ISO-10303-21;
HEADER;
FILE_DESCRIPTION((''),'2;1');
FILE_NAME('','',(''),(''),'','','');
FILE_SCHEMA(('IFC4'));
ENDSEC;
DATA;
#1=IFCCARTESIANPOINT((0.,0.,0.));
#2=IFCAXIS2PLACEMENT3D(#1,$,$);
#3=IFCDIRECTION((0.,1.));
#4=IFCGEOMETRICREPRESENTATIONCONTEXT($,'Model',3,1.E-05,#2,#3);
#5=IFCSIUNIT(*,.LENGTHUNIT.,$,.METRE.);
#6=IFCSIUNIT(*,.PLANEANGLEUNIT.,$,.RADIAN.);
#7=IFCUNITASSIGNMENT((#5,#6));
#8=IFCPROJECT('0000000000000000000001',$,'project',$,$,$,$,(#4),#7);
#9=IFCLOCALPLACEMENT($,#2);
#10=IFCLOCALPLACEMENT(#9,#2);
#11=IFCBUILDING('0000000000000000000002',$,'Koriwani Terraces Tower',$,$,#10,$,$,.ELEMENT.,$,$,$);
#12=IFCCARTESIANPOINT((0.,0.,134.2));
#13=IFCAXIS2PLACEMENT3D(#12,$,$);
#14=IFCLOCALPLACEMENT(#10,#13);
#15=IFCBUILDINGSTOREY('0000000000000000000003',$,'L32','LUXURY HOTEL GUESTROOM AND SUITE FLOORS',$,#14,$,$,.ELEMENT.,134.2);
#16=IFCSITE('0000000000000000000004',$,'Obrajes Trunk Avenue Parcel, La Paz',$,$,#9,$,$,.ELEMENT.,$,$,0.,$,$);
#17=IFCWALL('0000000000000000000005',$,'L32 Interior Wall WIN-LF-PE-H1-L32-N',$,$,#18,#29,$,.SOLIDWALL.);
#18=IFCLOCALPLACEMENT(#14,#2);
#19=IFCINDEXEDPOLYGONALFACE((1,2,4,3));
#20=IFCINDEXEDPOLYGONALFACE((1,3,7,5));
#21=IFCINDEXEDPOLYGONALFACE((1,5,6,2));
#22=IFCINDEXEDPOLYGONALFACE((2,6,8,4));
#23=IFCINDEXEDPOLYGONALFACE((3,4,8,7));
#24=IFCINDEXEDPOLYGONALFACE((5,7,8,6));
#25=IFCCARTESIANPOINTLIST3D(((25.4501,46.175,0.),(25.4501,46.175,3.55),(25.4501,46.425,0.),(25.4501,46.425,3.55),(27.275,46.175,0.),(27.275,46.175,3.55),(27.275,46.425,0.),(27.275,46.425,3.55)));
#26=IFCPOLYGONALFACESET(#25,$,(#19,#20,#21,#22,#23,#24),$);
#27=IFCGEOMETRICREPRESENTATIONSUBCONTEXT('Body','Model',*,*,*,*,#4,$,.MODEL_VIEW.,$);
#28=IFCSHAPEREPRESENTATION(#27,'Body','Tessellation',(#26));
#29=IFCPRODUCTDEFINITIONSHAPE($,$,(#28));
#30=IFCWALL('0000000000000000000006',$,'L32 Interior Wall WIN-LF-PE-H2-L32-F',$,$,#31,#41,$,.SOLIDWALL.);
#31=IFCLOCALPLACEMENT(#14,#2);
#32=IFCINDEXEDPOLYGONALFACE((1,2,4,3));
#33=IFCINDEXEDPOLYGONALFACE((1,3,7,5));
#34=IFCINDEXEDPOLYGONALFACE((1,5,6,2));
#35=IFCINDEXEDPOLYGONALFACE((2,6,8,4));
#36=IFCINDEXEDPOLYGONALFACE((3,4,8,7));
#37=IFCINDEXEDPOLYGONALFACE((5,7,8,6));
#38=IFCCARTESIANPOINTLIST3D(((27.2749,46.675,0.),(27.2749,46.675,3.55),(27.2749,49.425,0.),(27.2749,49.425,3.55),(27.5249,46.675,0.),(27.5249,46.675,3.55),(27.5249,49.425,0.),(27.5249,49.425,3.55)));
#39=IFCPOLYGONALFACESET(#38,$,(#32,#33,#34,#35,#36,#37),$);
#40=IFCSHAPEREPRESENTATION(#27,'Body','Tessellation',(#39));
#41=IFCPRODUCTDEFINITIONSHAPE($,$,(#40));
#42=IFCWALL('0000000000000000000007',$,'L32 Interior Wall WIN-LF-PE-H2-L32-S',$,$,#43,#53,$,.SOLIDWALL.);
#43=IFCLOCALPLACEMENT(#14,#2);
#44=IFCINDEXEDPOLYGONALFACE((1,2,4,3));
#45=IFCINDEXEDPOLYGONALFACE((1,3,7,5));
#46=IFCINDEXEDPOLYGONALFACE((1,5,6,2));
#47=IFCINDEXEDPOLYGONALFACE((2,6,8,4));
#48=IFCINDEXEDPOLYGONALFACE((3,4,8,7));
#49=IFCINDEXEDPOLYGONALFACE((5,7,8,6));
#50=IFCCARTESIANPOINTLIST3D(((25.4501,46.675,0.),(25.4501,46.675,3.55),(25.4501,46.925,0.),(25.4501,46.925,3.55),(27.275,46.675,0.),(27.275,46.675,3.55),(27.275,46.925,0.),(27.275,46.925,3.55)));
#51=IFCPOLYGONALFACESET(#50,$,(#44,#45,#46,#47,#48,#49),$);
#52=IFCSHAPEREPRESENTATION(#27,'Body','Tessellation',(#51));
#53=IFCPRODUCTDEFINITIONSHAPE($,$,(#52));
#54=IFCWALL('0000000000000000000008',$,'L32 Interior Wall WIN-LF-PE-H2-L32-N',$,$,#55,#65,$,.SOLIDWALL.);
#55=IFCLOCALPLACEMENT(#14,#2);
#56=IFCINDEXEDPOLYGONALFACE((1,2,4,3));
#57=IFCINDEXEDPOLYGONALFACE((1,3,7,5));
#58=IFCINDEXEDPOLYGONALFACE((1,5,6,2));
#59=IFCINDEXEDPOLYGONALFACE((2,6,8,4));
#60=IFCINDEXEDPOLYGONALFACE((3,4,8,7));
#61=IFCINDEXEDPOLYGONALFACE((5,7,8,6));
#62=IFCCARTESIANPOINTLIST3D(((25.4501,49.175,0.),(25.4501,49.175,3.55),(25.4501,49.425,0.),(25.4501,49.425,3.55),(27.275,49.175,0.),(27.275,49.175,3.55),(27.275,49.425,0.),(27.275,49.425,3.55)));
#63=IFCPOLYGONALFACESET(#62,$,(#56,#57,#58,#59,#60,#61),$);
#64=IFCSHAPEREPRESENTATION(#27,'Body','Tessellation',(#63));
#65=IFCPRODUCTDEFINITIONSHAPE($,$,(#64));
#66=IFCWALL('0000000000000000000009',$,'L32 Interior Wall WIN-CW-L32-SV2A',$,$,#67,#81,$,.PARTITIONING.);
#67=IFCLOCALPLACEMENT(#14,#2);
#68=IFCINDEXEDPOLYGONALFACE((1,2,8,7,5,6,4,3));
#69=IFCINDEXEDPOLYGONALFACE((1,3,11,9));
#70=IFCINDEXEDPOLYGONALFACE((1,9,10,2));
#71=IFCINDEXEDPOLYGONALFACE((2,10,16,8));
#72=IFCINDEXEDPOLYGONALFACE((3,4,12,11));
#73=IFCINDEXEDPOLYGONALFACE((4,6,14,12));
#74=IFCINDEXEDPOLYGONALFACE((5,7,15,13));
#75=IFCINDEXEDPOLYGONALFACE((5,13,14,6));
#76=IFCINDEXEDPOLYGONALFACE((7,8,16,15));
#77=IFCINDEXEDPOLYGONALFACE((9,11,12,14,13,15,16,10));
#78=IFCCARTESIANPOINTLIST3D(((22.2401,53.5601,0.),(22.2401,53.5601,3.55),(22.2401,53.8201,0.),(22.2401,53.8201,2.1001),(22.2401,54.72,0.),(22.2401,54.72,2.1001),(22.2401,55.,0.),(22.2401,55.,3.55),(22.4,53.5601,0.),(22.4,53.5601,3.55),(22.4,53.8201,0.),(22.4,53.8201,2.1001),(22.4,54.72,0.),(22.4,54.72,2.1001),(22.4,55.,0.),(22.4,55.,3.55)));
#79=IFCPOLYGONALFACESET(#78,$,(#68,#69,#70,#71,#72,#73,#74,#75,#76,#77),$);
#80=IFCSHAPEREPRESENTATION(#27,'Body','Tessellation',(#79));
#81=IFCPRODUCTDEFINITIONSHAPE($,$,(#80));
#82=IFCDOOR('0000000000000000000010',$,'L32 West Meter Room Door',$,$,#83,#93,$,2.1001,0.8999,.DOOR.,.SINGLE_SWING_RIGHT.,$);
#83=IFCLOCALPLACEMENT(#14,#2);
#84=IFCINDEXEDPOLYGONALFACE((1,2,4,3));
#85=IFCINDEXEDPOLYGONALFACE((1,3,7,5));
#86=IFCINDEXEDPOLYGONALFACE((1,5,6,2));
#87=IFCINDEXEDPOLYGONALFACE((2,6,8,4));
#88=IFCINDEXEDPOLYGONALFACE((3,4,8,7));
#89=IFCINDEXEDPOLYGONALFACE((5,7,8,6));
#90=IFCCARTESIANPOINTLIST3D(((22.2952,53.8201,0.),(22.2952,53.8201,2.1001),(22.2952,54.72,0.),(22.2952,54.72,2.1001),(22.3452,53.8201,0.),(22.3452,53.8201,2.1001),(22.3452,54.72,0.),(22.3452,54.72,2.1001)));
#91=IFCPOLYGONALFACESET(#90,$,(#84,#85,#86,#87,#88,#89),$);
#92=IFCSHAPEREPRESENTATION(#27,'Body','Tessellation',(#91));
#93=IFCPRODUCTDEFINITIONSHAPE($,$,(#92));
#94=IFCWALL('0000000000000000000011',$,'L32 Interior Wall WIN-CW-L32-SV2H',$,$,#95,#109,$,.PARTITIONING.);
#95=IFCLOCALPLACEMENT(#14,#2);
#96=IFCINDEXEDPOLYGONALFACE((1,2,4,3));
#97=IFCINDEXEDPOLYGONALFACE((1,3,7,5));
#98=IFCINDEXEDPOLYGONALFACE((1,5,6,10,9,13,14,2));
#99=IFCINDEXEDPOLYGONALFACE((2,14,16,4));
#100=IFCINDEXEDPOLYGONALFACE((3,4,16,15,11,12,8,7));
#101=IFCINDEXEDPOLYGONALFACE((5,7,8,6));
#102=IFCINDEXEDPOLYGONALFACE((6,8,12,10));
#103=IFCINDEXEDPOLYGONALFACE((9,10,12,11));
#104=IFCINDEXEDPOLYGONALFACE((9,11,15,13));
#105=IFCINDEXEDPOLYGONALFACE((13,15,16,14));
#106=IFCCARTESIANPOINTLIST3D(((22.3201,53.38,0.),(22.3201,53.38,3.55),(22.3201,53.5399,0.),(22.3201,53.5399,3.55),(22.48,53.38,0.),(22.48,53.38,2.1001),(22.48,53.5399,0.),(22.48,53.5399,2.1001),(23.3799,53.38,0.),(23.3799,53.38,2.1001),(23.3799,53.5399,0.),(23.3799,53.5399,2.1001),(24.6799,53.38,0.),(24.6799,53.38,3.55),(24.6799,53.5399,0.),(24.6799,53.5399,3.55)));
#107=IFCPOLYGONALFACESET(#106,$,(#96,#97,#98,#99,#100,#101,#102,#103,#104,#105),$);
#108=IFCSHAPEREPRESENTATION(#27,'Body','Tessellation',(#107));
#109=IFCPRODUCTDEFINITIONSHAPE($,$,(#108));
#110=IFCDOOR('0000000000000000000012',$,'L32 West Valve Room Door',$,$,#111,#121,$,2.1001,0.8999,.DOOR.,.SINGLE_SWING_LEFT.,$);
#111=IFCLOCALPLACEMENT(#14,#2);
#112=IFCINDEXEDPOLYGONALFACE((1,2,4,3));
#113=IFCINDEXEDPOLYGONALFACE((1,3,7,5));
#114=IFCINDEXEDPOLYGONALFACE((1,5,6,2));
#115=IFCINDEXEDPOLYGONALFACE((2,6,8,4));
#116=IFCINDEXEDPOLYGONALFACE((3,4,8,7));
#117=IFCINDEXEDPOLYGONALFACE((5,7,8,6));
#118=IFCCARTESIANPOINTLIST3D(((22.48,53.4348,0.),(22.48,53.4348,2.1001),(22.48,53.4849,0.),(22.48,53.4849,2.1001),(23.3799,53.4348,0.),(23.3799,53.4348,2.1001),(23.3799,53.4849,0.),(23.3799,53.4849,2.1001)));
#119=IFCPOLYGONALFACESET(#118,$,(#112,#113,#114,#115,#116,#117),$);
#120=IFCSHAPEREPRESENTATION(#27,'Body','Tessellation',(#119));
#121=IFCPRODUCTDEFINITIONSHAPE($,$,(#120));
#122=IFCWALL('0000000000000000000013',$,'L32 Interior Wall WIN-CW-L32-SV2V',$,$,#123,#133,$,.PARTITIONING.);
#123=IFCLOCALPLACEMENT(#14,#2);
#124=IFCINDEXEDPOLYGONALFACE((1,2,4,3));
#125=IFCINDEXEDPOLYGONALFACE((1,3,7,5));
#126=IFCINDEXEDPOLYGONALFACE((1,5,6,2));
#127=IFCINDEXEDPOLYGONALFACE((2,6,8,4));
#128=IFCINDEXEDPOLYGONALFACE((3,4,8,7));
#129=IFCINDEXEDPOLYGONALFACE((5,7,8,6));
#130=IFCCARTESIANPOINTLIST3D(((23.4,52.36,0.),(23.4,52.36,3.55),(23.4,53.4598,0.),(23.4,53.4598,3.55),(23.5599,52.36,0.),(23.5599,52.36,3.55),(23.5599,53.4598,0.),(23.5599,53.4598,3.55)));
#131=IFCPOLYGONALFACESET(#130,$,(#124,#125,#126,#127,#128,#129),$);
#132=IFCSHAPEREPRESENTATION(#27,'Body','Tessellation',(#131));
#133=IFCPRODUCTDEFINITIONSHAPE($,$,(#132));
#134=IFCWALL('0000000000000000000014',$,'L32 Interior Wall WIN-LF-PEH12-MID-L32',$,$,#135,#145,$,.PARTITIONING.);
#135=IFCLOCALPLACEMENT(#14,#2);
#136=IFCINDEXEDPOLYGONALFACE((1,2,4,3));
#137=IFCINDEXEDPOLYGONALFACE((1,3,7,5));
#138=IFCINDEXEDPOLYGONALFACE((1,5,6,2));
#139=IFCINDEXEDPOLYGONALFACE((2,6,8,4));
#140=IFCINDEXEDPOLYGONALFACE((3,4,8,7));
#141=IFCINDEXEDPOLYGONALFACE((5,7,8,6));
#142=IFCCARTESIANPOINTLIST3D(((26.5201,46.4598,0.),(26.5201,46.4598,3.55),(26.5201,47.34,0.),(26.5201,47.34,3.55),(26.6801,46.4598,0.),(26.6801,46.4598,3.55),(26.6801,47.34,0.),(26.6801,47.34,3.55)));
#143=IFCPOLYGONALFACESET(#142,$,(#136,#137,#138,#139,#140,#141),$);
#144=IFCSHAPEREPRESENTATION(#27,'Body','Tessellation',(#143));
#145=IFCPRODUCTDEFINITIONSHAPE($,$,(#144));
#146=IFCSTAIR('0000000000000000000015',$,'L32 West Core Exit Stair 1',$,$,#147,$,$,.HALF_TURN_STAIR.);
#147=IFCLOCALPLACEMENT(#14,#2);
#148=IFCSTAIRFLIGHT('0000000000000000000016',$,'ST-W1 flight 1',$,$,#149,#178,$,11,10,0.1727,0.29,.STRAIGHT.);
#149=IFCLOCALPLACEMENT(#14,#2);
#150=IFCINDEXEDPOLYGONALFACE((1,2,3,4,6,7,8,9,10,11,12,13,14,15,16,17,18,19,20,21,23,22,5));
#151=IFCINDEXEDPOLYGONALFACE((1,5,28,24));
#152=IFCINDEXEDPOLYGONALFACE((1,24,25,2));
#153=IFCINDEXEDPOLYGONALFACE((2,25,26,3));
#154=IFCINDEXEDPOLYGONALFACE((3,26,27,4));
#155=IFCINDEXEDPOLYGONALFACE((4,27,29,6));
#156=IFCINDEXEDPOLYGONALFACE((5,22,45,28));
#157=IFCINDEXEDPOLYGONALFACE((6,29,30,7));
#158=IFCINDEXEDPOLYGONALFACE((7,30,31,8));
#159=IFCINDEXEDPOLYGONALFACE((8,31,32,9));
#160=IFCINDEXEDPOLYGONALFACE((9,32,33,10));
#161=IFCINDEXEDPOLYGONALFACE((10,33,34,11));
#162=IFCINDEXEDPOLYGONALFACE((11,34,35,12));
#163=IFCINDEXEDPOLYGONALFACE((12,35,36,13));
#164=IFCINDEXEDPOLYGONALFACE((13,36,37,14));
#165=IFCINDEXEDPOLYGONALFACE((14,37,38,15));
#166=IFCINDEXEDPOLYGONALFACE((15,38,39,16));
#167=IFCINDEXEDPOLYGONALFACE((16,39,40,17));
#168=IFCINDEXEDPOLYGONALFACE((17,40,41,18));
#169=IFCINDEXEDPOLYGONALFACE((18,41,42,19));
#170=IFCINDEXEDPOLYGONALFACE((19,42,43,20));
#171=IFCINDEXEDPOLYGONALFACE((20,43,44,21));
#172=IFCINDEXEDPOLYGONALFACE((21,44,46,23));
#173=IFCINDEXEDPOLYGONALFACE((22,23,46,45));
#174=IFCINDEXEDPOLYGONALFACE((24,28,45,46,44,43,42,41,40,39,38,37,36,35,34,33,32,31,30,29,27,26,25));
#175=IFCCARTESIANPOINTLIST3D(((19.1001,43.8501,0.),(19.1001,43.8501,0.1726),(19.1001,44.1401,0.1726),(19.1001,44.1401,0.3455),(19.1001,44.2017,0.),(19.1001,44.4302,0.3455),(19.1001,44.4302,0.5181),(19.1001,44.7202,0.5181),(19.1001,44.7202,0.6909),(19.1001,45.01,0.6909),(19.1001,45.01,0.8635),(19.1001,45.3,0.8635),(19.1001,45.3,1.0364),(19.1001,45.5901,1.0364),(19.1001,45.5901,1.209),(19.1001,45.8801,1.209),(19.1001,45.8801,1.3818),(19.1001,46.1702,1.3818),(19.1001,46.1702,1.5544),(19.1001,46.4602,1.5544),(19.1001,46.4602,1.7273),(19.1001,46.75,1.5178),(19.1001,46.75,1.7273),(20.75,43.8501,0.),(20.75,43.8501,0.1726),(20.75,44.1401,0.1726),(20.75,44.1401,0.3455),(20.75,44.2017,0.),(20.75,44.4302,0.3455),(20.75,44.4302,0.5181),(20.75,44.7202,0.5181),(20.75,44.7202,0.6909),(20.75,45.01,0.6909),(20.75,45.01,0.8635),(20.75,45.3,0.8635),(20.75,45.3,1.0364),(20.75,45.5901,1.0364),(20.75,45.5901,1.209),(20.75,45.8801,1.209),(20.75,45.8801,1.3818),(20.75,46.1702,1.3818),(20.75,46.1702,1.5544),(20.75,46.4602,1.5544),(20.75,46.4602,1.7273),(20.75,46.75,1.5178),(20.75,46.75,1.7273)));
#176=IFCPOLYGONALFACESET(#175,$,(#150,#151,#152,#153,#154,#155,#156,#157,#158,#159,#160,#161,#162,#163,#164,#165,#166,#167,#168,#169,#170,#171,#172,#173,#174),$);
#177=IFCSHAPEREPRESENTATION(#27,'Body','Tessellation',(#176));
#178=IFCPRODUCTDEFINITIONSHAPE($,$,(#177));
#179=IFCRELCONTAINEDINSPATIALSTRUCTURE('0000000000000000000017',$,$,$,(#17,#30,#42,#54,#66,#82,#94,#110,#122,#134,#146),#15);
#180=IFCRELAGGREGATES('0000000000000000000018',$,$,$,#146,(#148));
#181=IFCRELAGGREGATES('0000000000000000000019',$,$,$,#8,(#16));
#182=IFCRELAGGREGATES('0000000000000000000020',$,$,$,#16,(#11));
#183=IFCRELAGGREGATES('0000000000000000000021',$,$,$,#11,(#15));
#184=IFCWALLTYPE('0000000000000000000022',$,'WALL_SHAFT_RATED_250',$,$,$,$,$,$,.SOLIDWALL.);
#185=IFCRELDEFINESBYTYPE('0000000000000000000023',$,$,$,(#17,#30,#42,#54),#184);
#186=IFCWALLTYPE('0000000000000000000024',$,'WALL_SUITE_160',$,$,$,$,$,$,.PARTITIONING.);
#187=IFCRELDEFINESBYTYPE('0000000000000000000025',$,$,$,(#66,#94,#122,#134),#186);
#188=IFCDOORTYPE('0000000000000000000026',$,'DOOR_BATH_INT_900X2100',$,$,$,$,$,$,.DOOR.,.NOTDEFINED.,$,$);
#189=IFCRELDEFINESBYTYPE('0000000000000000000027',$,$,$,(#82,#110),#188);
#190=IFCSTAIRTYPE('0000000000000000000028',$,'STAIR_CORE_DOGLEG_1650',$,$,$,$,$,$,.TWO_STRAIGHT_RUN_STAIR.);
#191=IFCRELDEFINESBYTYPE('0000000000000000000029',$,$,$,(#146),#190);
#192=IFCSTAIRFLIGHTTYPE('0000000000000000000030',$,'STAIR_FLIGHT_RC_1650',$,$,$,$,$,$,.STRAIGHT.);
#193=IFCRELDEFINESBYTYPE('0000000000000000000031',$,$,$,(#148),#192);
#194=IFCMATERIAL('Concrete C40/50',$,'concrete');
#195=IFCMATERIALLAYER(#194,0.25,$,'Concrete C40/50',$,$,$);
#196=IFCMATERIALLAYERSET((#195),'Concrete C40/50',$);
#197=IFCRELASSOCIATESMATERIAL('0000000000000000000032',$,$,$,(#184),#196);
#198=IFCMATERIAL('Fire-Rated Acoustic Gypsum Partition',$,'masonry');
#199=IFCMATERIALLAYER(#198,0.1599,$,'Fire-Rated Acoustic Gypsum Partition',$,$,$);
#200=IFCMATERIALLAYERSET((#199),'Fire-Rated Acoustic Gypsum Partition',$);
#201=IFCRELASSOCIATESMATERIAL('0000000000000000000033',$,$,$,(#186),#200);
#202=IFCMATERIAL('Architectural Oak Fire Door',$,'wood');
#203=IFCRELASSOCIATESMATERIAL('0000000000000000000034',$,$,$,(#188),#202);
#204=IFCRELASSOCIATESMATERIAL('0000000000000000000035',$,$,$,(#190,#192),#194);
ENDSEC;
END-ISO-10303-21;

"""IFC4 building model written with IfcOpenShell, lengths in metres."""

from ifc_helpers import new_model, si_unit, direction, frame, frame_2d, origin, place, context, subcontext, project, spatial, polyline, rectangle, outline, extrude, material, layer, layer_set, type_object, element, fill, aggregate, save


model = new_model("IFC4")

# Units and contexts
model_context = context("Model", 3, precision=1e-05, world=origin(), true_north=direction((0.0, 1.0)))
body_context = subcontext(model_context, "Body", "Model", "MODEL_VIEW")
ifc_project = project(units=[si_unit("LENGTHUNIT", "METRE"), si_unit("PLANEANGLEUNIT", "RADIAN")], contexts=[model_context])

# Site, building, storey
site_placement = place(None, origin())
site = spatial("IfcSite", under=ifc_project, at=site_placement, Name="Obrajes Trunk Avenue Parcel, La Paz", CompositionType="ELEMENT", RefElevation=0.0)
building_placement = place(site_placement, origin())
building = spatial("IfcBuilding", under=site, at=building_placement, Name="Koriwani Terraces Tower", CompositionType="ELEMENT")
storey_placement = place(building_placement, frame((0.0, 0.0, 134.2)))
storey = spatial("IfcBuildingStorey", under=building, at=storey_placement, Name="L32", Description="LUXURY HOTEL GUESTROOM AND SUITE FLOORS", CompositionType="ELEMENT", Elevation=134.2)

# Shared definitions
ifc_material_1 = material(Name="Architectural Oak Fire Door", Category="wood")

# Shared definitions
ifc_material_2 = material(Name="Concrete C40/50", Category="concrete")
ifc_layer_1 = layer(ifc_material_2, 0.25, Name="Concrete C40/50")
ifc_layer_set_1 = layer_set([ifc_layer_1], Name="Concrete C40/50")
wall_type_1 = type_object("IfcWallType", Name="WALL_SHAFT_RATED_250", PredefinedType="SOLIDWALL", material=ifc_layer_set_1)

# Walls
wall_1_placement = place(storey_placement, frame((25.45, 46.3, 0.0), z_axis=(0.0, 0.0, 1.0), x_axis=(1.0, 0.0, 0.0)))
element("IfcWall", 1, at=wall_1_placement, inside=storey, type_object=wall_type_1, Name="L32 Interior Wall WIN-LF-PE-H1-L32-N", PredefinedType="SOLIDWALL", context=body_context, shape_type="SweptSolid", body=[
    extrude(rectangle(XDim=1.825, YDim=0.25, at=frame_2d((0.9126, 0.0))), origin(), (0.0, 0.0, 1.0), 3.55),
])
wall_2_placement = place(storey_placement, frame((27.3999, 46.675, 0.0), z_axis=(0.0, 0.0, 1.0), x_axis=(0.0, 1.0, 0.0)))
element("IfcWall", 2, at=wall_2_placement, inside=storey, type_object=wall_type_1, Name="L32 Interior Wall WIN-LF-PE-H2-L32-F", PredefinedType="SOLIDWALL", context=body_context, shape_type="SweptSolid", body=[
    extrude(rectangle(XDim=2.75, YDim=0.25, at=frame_2d((1.375, 0.0))), origin(), (0.0, 0.0, 1.0), 3.55),
])
for number, where, z_axis, x_axis, name in (
    (3, (25.45, 46.8, 0.0), (0.0, 0.0, 1.0), (1.0, 0.0, 0.0), "L32 Interior Wall WIN-LF-PE-H2-L32-S"),
    (4, (25.45, 49.3, 0.0), (0.0, 0.0, 1.0), (1.0, 0.0, 0.0), "L32 Interior Wall WIN-LF-PE-H2-L32-N"),
):
    element("IfcWall", number, at=place(storey_placement, frame(where, z_axis=z_axis, x_axis=x_axis)), inside=storey, type_object=wall_type_1, Name=name, PredefinedType="SOLIDWALL", context=body_context, shape_type="SweptSolid", body=[
        extrude(rectangle(XDim=1.825, YDim=0.25, at=frame_2d((0.9126, 0.0))), origin(), (0.0, 0.0, 1.0), 3.55),
    ])

# Walls, openings, doors
ifc_material_3 = material(Name="Fire-Rated Acoustic Gypsum Partition", Category="masonry")
ifc_layer_2 = layer(ifc_material_3, 0.1599, Name="Fire-Rated Acoustic Gypsum Partition")
ifc_layer_set_2 = layer_set([ifc_layer_2], Name="Fire-Rated Acoustic Gypsum Partition")
wall_type_2 = type_object("IfcWallType", Name="WALL_SUITE_160", PredefinedType="PARTITIONING", material=ifc_layer_set_2)
wall_3_placement = place(storey_placement, frame((22.3201, 53.5601, 0.0), z_axis=(0.0, 0.0, 1.0), x_axis=(0.0, 1.0, 0.0)))
wall_3 = element("IfcWall", 5, at=wall_3_placement, inside=storey, type_object=wall_type_2, Name="L32 Interior Wall WIN-CW-L32-SV2A", PredefinedType="PARTITIONING", context=body_context, shape_type="SweptSolid", body=[
    extrude(rectangle(XDim=1.4399, YDim=0.1599, at=frame_2d((0.72, 0.0))), origin(), (0.0, 0.0, 1.0), 3.55),
])
opening_1_placement = place(wall_3_placement, frame((0.26, 0.0, 0.0)))
opening_1 = element("IfcOpeningElement", 6, at=opening_1_placement, cuts=wall_3, PredefinedType="OPENING", context=body_context, shape_type="SweptSolid", body=[
    extrude(rectangle(XDim=0.8999, YDim=2.1001, at=frame_2d((0.45, 1.05))), frame((0.0, 0.0898, 0.0), z_axis=(0.0, -1.0, 0.0), x_axis=(1.0, 0.0, 0.0)), (0.0, 0.0, 1.0), 0.1799),
])
door_type_1 = type_object("IfcDoorType", Name="DOOR_BATH_INT_900X2100", OperationType="NOTDEFINED", PredefinedType="DOOR", material=ifc_material_1)
door_1_placement = place(opening_1_placement, origin())
door_1 = element("IfcDoor", 7, at=door_1_placement, inside=storey, type_object=door_type_1, Name="L32 West Meter Room Door", OperationType="SINGLE_SWING_RIGHT", OverallHeight=2.1001, OverallWidth=0.8999, PredefinedType="DOOR", context=body_context, shape_type="SweptSolid", body=[
    extrude(rectangle(XDim=0.8999, YDim=2.1001, at=frame_2d((0.45, 1.05))), frame((0.0, 0.0249, 0.0), z_axis=(0.0, -1.0, 0.0), x_axis=(1.0, 0.0, 0.0)), (0.0, 0.0, 1.0), 0.05),
])
fill(opening_1, door_1)
wall_4_placement = place(storey_placement, frame((22.3201, 53.46, 0.0), z_axis=(0.0, 0.0, 1.0), x_axis=(1.0, 0.0, 0.0)))
wall_4 = element("IfcWall", 8, at=wall_4_placement, inside=storey, type_object=wall_type_2, Name="L32 Interior Wall WIN-CW-L32-SV2H", PredefinedType="PARTITIONING", context=body_context, shape_type="SweptSolid", body=[
    extrude(rectangle(XDim=2.3599, YDim=0.1599, at=frame_2d((1.1799, 0.0))), origin(), (0.0, 0.0, 1.0), 3.55),
])
opening_2_placement = place(wall_4_placement, frame((0.1599, 0.0, 0.0)))
opening_2 = element("IfcOpeningElement", 9, at=opening_2_placement, cuts=wall_4, PredefinedType="OPENING", context=body_context, shape_type="SweptSolid", body=[
    extrude(rectangle(XDim=0.8999, YDim=2.1001, at=frame_2d((0.45, 1.05))), frame((0.0, 0.0898, 0.0), z_axis=(0.0, -1.0, 0.0), x_axis=(1.0, 0.0, 0.0)), (0.0, 0.0, 1.0), 0.1799),
])
door_2_placement = place(opening_2_placement, origin())
door_2 = element("IfcDoor", 10, at=door_2_placement, inside=storey, type_object=door_type_1, Name="L32 West Valve Room Door", OperationType="SINGLE_SWING_LEFT", OverallHeight=2.1001, OverallWidth=0.8999, PredefinedType="DOOR", context=body_context, shape_type="SweptSolid", body=[
    extrude(rectangle(XDim=0.8999, YDim=2.1001, at=frame_2d((0.45, 1.05))), frame((0.0, 0.0249, 0.0), z_axis=(0.0, -1.0, 0.0), x_axis=(1.0, 0.0, 0.0)), (0.0, 0.0, 1.0), 0.05),
])
fill(opening_2, door_2)

# Walls
wall_5_placement = place(storey_placement, frame((23.48, 52.3601, 0.0), z_axis=(0.0, 0.0, 1.0), x_axis=(0.0, 1.0, 0.0)))
element("IfcWall", 11, at=wall_5_placement, inside=storey, type_object=wall_type_2, Name="L32 Interior Wall WIN-CW-L32-SV2V", PredefinedType="PARTITIONING", context=body_context, shape_type="SweptSolid", body=[
    extrude(rectangle(XDim=1.0999, YDim=0.1599, at=frame_2d((0.5498, 0.0))), origin(), (0.0, 0.0, 1.0), 3.55),
])
wall_6_placement = place(storey_placement, frame((26.6001, 46.46, 0.0), z_axis=(0.0, 0.0, 1.0), x_axis=(0.0, 1.0, 0.0)))
element("IfcWall", 12, at=wall_6_placement, inside=storey, type_object=wall_type_2, Name="L32 Interior Wall WIN-LF-PEH12-MID-L32", PredefinedType="PARTITIONING", context=body_context, shape_type="SweptSolid", body=[
    extrude(rectangle(XDim=0.8801, YDim=0.1599, at=frame_2d((0.4399, 0.0))), origin(), (0.0, 0.0, 1.0), 3.55),
])

# Stair, stair flight
stair_type = type_object("IfcStairType", Name="STAIR_CORE_DOGLEG_1650", PredefinedType="TWO_STRAIGHT_RUN_STAIR", material=ifc_material_2)
stair_1_placement = place(storey_placement, origin())
stair_1 = element("IfcStair", 13, at=stair_1_placement, inside=storey, type_object=stair_type, Name="L32 West Core Exit Stair 1", PredefinedType="HALF_TURN_STAIR")
stair_flight_type = type_object("IfcStairFlightType", Name="STAIR_FLIGHT_RC_1650", PredefinedType="STRAIGHT", material=ifc_material_2)
stair_flight_1_placement = place(storey_placement, frame((19.925, 43.8501, 0.0), z_axis=(0.0, 0.0, 1.0), x_axis=(0.0, 1.0, 0.0)))
stair_flight_1 = element("IfcStairFlight", 14, at=stair_flight_1_placement, type_object=stair_flight_type, Name="ST-W1 flight 1", NumberOfRisers=11, NumberOfTreads=10, PredefinedType="STRAIGHT", RiserHeight=0.1727, TreadLength=0.29, context=body_context, shape_type="SweptSolid", body=[
    extrude(outline(polyline([(0.0, 0.0), (0.0, 0.1726), (0.29, 0.1726), (0.29, 0.3455), (0.5801, 0.3455), (0.5801, 0.5181), (0.8701, 0.5181), (0.8701, 0.6909), (1.1599, 0.6909), (1.1599, 0.8635), (1.45, 0.8635), (1.45, 1.0364), (1.74, 1.0364), (1.74, 1.209), (2.03, 1.209), (2.03, 1.3818), (2.3201, 1.3818), (2.3201, 1.5544), (2.6101, 1.5544), (2.6101, 1.7273), (2.8999, 1.7273), (2.8999, 1.8999), (2.8999, 1.5178), (0.3516, 0.0), (0.0, 0.0)])), frame((0.0, 0.825, 0.0), z_axis=(0.0, -1.0, 0.0), x_axis=(1.0, 0.0, 0.0)), (0.0, 0.0, 1.0), 1.6499),
])
aggregate(stair_1, [stair_flight_1])

save(model, "model.ifc")
